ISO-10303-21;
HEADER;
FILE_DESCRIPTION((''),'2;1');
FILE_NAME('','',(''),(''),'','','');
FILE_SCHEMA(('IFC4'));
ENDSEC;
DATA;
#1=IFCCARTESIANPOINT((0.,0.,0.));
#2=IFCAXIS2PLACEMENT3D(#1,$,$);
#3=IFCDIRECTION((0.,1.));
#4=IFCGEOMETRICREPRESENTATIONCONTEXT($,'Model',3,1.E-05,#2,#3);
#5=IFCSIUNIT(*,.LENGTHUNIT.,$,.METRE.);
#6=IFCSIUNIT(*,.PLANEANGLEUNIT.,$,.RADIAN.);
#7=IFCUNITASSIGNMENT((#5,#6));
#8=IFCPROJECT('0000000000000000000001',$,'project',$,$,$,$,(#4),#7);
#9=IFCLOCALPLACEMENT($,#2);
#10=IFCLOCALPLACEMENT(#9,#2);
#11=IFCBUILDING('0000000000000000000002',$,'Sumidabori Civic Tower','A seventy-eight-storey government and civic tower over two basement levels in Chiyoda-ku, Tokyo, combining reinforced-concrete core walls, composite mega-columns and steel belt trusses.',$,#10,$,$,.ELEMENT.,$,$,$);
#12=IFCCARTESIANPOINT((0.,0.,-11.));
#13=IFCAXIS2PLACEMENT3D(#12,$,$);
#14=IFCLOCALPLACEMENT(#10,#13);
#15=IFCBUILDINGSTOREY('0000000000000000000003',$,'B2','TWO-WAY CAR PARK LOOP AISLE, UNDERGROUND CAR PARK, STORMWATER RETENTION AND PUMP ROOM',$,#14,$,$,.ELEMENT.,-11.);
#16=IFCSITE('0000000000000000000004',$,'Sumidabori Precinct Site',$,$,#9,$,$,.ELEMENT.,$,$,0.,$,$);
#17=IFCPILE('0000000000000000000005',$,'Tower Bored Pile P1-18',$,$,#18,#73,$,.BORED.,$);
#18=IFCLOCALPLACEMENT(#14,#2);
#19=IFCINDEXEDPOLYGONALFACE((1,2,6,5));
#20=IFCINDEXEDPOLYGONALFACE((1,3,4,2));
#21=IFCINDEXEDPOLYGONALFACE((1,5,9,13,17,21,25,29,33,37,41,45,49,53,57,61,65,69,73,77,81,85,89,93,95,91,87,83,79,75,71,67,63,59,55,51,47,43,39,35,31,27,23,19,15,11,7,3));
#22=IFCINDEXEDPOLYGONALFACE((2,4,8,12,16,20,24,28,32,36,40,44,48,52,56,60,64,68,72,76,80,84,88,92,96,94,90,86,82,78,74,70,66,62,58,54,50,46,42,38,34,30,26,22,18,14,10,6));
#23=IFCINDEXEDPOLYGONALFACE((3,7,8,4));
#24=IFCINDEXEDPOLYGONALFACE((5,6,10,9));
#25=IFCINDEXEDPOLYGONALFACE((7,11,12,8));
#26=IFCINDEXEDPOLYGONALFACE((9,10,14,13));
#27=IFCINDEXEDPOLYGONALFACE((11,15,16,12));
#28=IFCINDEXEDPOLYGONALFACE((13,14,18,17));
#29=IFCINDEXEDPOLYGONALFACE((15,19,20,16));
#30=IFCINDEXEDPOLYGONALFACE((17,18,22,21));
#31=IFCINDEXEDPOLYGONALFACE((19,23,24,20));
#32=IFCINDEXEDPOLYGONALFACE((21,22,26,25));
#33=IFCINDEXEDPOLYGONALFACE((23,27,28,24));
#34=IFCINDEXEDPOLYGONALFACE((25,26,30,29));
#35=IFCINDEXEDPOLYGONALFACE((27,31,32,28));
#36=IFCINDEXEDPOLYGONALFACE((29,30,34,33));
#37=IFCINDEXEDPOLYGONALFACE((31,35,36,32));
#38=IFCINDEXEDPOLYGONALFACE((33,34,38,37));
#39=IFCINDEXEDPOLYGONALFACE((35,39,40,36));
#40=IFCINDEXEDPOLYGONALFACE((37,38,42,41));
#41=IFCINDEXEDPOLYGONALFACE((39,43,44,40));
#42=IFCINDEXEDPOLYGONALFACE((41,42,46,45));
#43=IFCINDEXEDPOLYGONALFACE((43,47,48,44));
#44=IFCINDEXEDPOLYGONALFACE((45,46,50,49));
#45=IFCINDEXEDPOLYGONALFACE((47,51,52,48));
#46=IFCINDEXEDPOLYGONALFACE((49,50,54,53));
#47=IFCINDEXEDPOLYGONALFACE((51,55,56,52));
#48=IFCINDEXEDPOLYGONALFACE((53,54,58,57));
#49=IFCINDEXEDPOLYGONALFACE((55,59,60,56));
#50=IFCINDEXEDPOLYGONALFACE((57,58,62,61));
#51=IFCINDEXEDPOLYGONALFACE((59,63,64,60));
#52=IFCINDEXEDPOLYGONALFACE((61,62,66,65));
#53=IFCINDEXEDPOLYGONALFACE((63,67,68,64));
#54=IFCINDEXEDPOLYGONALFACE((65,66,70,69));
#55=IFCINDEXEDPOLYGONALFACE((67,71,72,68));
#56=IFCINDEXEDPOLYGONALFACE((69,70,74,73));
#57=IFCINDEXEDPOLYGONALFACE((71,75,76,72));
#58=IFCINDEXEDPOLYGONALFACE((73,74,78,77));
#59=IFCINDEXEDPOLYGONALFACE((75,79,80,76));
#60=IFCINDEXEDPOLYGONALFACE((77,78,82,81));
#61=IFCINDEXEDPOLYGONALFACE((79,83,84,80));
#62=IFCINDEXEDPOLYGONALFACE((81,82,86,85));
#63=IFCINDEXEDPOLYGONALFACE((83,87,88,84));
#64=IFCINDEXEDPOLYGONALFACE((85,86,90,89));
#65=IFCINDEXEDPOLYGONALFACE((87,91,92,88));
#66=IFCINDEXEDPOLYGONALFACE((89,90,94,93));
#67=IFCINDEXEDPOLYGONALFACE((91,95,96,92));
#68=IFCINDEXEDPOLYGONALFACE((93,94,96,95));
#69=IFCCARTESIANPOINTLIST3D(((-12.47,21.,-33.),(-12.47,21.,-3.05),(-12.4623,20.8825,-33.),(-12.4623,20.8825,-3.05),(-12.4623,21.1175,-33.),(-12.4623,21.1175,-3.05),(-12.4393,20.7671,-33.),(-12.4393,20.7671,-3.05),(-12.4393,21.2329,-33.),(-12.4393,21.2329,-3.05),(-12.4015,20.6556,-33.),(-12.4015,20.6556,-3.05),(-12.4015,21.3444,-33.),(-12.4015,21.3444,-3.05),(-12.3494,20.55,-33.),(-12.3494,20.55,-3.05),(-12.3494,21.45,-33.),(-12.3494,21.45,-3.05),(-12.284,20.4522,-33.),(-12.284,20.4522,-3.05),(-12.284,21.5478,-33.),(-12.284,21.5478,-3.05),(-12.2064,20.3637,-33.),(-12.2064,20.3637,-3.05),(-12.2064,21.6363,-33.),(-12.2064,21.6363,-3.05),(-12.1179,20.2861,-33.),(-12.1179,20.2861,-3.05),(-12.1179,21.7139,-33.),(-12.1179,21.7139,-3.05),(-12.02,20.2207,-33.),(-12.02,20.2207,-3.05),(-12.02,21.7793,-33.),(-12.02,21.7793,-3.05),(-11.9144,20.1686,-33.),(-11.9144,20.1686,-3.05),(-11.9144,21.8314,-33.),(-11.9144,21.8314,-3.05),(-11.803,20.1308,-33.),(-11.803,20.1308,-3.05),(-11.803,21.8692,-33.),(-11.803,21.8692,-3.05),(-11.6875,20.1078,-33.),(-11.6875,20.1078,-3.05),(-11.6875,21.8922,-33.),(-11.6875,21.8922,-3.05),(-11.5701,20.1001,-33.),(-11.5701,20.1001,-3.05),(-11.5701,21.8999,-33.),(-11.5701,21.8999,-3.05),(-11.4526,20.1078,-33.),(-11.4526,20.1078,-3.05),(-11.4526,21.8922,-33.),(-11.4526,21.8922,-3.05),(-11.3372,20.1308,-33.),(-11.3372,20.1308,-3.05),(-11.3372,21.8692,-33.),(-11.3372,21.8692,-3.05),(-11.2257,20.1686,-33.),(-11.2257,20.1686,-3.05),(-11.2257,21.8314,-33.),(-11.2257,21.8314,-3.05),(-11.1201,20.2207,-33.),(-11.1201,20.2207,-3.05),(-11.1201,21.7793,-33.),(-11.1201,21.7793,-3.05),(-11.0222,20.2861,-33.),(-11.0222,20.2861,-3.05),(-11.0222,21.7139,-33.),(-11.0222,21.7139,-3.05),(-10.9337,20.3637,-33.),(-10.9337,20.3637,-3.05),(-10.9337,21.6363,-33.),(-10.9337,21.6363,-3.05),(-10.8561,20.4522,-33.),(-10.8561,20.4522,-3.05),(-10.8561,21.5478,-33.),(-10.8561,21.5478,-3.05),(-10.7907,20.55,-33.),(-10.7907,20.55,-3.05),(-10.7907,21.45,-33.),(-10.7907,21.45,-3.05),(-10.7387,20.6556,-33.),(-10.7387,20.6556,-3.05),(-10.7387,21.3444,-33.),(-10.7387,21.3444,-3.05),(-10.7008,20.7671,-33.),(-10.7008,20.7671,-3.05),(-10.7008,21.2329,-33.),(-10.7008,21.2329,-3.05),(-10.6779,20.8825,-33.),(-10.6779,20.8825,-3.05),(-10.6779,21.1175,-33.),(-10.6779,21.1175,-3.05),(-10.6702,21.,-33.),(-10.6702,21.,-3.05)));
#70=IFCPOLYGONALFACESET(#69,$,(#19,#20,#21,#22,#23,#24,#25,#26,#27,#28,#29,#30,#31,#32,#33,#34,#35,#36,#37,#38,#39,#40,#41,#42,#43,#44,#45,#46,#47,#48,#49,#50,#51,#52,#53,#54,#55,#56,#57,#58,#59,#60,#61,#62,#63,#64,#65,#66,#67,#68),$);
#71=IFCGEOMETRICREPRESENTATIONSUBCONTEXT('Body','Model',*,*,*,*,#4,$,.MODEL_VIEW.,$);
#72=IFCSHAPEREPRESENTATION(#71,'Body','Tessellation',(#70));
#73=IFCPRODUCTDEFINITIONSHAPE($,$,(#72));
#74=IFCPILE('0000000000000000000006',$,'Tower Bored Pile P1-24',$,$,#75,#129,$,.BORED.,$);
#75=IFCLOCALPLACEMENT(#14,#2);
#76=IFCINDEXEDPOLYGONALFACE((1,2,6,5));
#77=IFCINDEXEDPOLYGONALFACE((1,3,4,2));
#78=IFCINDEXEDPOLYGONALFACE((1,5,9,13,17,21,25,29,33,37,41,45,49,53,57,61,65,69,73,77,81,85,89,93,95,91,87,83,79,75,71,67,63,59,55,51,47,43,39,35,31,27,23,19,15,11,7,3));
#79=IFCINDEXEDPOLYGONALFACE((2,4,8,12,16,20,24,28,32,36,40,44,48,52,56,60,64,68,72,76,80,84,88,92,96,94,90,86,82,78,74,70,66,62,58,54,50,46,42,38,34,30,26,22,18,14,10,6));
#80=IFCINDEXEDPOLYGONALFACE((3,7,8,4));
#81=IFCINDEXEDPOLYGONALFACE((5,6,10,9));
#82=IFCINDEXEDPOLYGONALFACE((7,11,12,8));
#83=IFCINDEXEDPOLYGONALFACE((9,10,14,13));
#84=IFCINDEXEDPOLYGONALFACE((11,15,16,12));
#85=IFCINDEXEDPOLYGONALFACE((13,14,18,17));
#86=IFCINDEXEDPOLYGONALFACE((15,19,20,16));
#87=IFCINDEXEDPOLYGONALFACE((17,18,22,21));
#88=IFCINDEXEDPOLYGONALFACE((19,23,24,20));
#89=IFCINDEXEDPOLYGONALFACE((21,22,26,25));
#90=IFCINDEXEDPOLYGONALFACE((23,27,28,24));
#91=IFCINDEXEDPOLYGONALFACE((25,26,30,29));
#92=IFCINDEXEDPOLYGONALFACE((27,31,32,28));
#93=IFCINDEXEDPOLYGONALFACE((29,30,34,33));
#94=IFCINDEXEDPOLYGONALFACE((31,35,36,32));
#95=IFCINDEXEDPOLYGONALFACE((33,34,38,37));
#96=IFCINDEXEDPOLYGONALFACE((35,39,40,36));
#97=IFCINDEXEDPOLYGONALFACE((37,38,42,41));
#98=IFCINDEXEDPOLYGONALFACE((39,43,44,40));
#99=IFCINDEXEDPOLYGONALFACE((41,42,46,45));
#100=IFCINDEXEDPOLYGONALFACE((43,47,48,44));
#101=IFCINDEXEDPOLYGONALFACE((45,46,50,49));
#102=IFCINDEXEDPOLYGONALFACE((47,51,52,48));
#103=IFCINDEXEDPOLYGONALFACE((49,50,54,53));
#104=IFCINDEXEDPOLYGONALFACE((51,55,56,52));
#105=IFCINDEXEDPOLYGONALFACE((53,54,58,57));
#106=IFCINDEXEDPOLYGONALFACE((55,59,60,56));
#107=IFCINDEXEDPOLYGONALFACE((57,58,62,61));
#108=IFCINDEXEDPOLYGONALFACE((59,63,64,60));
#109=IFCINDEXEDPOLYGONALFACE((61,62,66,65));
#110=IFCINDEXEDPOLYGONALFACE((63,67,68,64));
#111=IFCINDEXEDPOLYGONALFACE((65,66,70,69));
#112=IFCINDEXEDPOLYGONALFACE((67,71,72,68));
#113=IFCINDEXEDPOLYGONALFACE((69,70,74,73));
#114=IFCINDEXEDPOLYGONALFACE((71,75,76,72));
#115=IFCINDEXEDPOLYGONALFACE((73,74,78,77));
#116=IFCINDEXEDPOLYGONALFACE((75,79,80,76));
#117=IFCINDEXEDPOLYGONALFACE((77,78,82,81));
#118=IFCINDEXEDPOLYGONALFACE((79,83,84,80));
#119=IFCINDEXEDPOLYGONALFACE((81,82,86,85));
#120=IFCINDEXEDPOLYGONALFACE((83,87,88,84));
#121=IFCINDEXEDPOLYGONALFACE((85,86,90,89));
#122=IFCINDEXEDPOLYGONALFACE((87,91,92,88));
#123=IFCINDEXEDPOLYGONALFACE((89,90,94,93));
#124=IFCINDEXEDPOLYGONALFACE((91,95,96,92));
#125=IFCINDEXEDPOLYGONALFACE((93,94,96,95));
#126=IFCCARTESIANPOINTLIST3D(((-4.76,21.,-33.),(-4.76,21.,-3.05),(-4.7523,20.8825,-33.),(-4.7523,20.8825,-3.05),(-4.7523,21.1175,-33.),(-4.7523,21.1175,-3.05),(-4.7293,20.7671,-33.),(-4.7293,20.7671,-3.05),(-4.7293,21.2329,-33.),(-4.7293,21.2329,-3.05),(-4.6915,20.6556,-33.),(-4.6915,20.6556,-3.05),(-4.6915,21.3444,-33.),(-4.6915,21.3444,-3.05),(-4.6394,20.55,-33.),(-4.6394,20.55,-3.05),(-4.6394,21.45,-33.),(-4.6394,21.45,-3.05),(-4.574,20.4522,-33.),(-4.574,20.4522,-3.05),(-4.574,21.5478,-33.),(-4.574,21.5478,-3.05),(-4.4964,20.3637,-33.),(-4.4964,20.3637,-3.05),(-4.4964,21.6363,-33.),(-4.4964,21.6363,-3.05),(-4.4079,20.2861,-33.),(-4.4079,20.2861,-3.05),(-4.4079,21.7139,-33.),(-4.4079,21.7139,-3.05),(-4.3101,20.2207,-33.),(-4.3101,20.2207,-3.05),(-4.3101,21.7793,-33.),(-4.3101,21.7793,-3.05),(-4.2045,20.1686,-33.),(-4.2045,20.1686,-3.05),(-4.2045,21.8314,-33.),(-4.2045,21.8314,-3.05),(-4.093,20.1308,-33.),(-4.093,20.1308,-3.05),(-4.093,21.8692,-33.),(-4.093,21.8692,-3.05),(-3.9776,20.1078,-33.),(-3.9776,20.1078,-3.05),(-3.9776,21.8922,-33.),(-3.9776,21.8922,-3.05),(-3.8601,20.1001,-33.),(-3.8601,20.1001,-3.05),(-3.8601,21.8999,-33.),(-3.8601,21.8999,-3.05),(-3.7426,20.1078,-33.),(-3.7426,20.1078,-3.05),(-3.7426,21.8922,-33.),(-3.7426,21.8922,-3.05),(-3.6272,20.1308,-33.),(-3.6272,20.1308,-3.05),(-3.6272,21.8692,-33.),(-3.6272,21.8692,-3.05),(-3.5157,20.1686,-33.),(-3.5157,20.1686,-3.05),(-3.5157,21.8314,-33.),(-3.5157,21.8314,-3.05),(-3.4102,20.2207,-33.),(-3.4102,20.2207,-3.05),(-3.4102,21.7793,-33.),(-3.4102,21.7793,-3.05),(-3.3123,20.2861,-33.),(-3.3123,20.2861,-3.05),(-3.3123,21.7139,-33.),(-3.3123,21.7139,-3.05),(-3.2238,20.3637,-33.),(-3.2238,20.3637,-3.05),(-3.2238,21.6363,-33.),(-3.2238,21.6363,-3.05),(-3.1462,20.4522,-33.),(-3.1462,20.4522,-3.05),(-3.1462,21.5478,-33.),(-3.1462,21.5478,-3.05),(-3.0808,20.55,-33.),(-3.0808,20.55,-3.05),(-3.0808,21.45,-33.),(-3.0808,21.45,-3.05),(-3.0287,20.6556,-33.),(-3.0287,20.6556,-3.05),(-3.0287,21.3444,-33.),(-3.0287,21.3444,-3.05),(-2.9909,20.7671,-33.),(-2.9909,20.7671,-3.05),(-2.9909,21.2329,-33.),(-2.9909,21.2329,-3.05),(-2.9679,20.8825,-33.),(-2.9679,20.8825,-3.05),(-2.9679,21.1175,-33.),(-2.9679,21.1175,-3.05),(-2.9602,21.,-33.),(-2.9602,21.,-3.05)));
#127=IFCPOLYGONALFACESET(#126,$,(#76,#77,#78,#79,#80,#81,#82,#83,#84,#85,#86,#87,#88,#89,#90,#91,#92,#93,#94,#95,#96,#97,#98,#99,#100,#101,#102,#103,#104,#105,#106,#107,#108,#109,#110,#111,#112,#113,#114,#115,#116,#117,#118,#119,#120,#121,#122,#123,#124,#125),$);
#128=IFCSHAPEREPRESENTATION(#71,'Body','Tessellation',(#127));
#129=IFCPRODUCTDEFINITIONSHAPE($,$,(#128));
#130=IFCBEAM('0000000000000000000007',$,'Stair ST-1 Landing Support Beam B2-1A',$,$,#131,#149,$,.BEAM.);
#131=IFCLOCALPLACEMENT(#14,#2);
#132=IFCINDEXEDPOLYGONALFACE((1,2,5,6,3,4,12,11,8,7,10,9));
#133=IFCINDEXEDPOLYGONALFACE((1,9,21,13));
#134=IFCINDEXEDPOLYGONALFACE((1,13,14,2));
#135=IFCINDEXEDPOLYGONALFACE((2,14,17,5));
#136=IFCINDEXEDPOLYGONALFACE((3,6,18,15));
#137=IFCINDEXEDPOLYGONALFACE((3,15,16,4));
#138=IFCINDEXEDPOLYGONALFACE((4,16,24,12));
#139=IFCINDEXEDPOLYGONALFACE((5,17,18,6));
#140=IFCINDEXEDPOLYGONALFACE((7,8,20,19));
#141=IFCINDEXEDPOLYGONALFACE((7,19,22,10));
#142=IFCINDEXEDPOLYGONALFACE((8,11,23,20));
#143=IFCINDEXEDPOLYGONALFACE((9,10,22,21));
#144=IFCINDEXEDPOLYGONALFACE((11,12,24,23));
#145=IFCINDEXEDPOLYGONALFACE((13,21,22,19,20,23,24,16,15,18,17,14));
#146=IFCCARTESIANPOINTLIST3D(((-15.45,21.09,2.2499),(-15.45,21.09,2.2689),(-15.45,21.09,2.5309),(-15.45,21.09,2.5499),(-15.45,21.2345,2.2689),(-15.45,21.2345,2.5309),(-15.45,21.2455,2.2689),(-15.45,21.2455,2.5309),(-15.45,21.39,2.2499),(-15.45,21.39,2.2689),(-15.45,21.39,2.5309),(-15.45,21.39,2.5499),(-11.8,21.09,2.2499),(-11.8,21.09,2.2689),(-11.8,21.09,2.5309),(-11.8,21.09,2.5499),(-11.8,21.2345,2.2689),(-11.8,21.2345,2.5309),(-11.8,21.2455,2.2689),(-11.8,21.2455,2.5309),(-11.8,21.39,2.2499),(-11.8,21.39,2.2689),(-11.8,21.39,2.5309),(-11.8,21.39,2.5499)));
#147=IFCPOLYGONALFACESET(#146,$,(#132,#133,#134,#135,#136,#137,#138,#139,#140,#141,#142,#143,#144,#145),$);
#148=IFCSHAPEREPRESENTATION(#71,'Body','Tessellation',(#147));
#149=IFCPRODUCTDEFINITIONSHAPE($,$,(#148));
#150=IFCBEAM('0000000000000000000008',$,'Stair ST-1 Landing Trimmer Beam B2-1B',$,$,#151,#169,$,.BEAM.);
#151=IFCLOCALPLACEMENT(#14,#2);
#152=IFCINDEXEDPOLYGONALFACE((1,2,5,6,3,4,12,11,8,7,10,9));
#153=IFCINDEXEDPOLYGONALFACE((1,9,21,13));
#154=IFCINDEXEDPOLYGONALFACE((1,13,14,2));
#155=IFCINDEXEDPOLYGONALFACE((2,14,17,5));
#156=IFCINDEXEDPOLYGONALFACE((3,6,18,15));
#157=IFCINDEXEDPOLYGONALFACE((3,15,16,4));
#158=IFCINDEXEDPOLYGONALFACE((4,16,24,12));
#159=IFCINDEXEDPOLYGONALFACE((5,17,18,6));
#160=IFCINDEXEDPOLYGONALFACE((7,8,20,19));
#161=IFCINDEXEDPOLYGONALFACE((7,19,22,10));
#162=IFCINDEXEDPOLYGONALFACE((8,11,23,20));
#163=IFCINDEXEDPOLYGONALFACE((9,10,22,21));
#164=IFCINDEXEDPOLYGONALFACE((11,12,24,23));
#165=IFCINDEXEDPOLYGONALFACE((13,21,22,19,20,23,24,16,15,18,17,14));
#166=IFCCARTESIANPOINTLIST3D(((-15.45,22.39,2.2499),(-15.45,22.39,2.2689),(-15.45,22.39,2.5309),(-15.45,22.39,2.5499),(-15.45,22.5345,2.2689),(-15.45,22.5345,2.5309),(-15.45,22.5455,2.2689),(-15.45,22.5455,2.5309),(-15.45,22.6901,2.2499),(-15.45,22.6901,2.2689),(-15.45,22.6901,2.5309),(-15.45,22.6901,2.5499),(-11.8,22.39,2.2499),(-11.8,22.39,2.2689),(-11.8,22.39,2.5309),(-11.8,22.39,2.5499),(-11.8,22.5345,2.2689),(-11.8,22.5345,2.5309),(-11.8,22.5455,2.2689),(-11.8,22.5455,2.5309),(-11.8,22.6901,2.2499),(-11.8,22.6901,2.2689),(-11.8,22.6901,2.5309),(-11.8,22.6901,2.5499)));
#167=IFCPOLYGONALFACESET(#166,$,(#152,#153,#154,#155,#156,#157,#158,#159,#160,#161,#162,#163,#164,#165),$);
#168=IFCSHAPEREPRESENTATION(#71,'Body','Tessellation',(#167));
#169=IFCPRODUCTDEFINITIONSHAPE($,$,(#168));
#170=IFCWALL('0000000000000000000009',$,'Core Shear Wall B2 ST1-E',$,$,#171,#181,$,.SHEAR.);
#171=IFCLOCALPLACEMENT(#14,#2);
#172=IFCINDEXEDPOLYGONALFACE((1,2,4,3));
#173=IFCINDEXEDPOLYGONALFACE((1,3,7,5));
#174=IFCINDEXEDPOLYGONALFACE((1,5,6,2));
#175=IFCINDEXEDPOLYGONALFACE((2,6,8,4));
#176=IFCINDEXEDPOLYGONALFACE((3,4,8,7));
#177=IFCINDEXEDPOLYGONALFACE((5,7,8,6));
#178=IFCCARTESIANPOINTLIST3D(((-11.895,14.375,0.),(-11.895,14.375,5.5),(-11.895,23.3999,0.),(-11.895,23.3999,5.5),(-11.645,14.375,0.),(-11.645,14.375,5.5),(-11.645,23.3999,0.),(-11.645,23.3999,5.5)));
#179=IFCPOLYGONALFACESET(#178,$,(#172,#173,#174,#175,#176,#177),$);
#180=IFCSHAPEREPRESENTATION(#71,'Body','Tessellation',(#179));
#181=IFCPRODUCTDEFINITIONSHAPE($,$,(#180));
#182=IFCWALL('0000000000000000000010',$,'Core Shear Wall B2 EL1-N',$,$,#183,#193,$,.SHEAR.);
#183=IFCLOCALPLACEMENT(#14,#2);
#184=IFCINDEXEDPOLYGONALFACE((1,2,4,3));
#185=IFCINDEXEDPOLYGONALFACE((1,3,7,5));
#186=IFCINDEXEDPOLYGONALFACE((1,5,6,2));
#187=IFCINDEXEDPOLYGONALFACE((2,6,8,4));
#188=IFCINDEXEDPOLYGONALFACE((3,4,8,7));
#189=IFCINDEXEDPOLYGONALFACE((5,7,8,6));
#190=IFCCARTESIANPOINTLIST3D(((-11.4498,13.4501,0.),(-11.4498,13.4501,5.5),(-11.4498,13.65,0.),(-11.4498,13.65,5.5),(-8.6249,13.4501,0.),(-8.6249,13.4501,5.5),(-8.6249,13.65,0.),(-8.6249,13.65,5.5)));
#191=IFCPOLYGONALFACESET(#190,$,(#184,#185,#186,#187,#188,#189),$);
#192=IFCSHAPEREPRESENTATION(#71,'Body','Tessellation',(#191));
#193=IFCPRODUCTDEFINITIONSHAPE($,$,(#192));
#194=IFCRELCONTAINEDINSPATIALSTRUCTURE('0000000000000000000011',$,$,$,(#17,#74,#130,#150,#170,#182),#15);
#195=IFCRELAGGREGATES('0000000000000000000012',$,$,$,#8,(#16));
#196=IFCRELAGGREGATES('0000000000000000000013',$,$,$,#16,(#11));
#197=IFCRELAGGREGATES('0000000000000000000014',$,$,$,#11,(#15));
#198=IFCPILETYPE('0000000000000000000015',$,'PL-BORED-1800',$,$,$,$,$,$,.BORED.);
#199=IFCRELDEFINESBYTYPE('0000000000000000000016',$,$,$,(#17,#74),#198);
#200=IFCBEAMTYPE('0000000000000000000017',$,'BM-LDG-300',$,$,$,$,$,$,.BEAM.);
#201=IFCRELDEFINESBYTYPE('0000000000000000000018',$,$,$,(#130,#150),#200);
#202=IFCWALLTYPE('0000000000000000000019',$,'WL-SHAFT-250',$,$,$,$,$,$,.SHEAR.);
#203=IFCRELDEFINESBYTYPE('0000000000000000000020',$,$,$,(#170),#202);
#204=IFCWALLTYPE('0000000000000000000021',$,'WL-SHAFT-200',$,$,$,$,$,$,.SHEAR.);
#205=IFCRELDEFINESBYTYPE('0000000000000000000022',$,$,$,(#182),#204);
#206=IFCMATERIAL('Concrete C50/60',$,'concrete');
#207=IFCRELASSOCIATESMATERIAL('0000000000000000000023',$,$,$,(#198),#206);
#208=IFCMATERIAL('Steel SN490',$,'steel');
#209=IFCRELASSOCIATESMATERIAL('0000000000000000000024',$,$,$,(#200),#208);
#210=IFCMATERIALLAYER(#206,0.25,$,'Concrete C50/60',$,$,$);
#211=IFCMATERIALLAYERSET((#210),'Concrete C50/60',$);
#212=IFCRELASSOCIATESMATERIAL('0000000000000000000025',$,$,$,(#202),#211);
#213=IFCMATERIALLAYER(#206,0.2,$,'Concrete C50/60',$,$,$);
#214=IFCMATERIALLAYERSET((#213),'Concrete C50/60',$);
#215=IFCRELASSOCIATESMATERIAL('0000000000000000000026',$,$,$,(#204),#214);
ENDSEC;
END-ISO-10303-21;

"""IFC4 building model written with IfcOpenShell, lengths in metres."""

from ifc_helpers import new_model, si_unit, direction, frame, frame_2d, origin, origin_2d, place, context, subcontext, project, spatial, rectangle, circle, i_section, extrude, source, transform, mapped, material, layer, layer_set, material_profile, profile_set, type_object, element, save


model = new_model("IFC4")

# Units and contexts
model_context = context("Model", 3, precision=1e-05, world=origin(), true_north=direction((0.0, 1.0)))
body_context = subcontext(model_context, "Body", "Model", "MODEL_VIEW")
ifc_project = project(units=[si_unit("LENGTHUNIT", "METRE"), si_unit("PLANEANGLEUNIT", "RADIAN")], contexts=[model_context])

# Site, building, storey
site_placement = place(None, origin())
site = spatial("IfcSite", under=ifc_project, at=site_placement, Name="Sumidabori Precinct Site", CompositionType="ELEMENT", RefElevation=0.0)
building_placement = place(site_placement, origin())
building = spatial("IfcBuilding", under=site, at=building_placement, Name="Sumidabori Civic Tower", Description="A seventy-eight-storey government and civic tower over two basement levels in Chiyoda-ku, Tokyo, combining reinforced-concrete core walls, composite mega-columns and steel belt trusses.", CompositionType="ELEMENT")
storey_placement = place(building_placement, frame((0.0, 0.0, -11.0)))
storey = spatial("IfcBuildingStorey", under=building, at=storey_placement, Name="B2", Description="TWO-WAY CAR PARK LOOP AISLE, UNDERGROUND CAR PARK, STORMWATER RETENTION AND PUMP ROOM", CompositionType="ELEMENT", Elevation=-11.0)

# Piles
ifc_material_1 = material(Name="Concrete C50/60", Category="concrete")
ifc_material_profile_1 = material_profile(ifc_material_1, circle(Radius=0.8999, at=origin_2d()), Name="BORED PILE 1800")
ifc_profile_set_1 = profile_set([ifc_material_profile_1], Name="Concrete C50/60")
pile_type = type_object("IfcPileType", Name="PL-BORED-1800", PredefinedType="BORED", material=ifc_profile_set_1)
shared_shape_1 = source(origin(), body_context, "Body", "SweptSolid", [
    extrude(circle(Radius=0.8999, at=origin_2d()), origin(), (0.0, 0.0, 1.0), 29.95),
])
for number, where, z_axis, x_axis, name in (
    (1, (-11.5701, 21.0, -3.05), (0.0, 0.0, -1.0), (1.0, 0.0, 0.0), "Tower Bored Pile P1-18"),
    (2, (-3.8601, 21.0, -3.05), (0.0, 0.0, -1.0), (1.0, 0.0, 0.0), "Tower Bored Pile P1-24"),
):
    element("IfcPile", number, at=place(storey_placement, frame(where, z_axis=z_axis, x_axis=x_axis)), inside=storey, type_object=pile_type, Name=name, PredefinedType="BORED", context=body_context, shape_type="MappedRepresentation", body=[
        mapped(shared_shape_1, transform((0.0, 0.0, 0.0), x_axis=(1.0, 0.0, 0.0), y_axis=(0.0, 1.0, 0.0), z_axis=(0.0, 0.0, 1.0), scale=1.0)),
    ])

# Beams
ifc_material_2 = material(Name="Steel SN490", Category="steel")
ifc_material_profile_2 = material_profile(ifc_material_2, i_section(OverallWidth=0.3, OverallDepth=0.3, WebThickness=0.011, FlangeThickness=0.019, at=origin_2d()), Name="HE 300 B")
ifc_profile_set_2 = profile_set([ifc_material_profile_2], Name="Steel SN490")
beam_type = type_object("IfcBeamType", Name="BM-LDG-300", PredefinedType="BEAM", material=ifc_profile_set_2)
shared_shape_2 = source(origin(), body_context, "Body", "SweptSolid", [
    extrude(i_section(OverallWidth=0.3, OverallDepth=0.3, WebThickness=0.011, FlangeThickness=0.019, at=origin_2d()), origin(), (0.0, 0.0, 1.0), 3.6499),
])
for number, where, z_axis, x_axis, name in (
    (3, (-15.45, 21.24, 2.3999), (1.0, 0.0, 0.0), (0.0, 1.0, 0.0), "Stair ST-1 Landing Support Beam B2-1A"),
    (4, (-15.45, 22.54, 2.3999), (1.0, 0.0, 0.0), (0.0, 1.0, 0.0), "Stair ST-1 Landing Trimmer Beam B2-1B"),
):
    element("IfcBeam", number, at=place(storey_placement, frame(where, z_axis=z_axis, x_axis=x_axis)), inside=storey, type_object=beam_type, Name=name, PredefinedType="BEAM", context=body_context, shape_type="MappedRepresentation", body=[
        mapped(shared_shape_2, transform((0.0, 0.0, 0.0), x_axis=(1.0, 0.0, 0.0), y_axis=(0.0, 1.0, 0.0), z_axis=(0.0, 0.0, 1.0), scale=1.0)),
    ])

# Shared definitions
ifc_layer_1 = layer(ifc_material_1, 0.25, Name="Concrete C50/60")
ifc_layer_set_1 = layer_set([ifc_layer_1], Name="Concrete C50/60")
wall_type_1 = type_object("IfcWallType", Name="WL-SHAFT-250", PredefinedType="SHEAR", material=ifc_layer_set_1)

# Walls
shared_shape_3 = source(origin(), body_context, "Body", "SweptSolid", [
    extrude(rectangle(XDim=9.0249, YDim=0.25, at=frame_2d((4.5125, 0.0))), origin(), (0.0, 0.0, 1.0), 5.5),
])
wall_1_placement = place(storey_placement, frame((-11.77, 14.375, 0.0), z_axis=(0.0, 0.0, 1.0), x_axis=(0.0, 1.0, 0.0)))
element("IfcWall", 5, at=wall_1_placement, inside=storey, type_object=wall_type_1, Name="Core Shear Wall B2 ST1-E", PredefinedType="SHEAR", context=body_context, shape_type="MappedRepresentation", body=[
    mapped(shared_shape_3, transform((0.0, 0.0, 0.0), x_axis=(1.0, 0.0, 0.0), y_axis=(0.0, 1.0, 0.0), z_axis=(0.0, 0.0, 1.0), scale=1.0)),
])
ifc_layer_2 = layer(ifc_material_1, 0.2, Name="Concrete C50/60")
ifc_layer_set_2 = layer_set([ifc_layer_2], Name="Concrete C50/60")
wall_type_2 = type_object("IfcWallType", Name="WL-SHAFT-200", PredefinedType="SHEAR", material=ifc_layer_set_2)
shared_shape_4 = source(origin(), body_context, "Body", "SweptSolid", [
    extrude(rectangle(XDim=2.825, YDim=0.2, at=frame_2d((1.4126, 0.0))), origin(), (0.0, 0.0, 1.0), 5.5),
])
wall_2_placement = place(storey_placement, frame((-11.45, 13.55, 0.0), z_axis=(0.0, 0.0, 1.0), x_axis=(1.0, 0.0, 0.0)))
element("IfcWall", 6, at=wall_2_placement, inside=storey, type_object=wall_type_2, Name="Core Shear Wall B2 EL1-N", PredefinedType="SHEAR", context=body_context, shape_type="MappedRepresentation", body=[
    mapped(shared_shape_4, transform((0.0, 0.0, 0.0), x_axis=(1.0, 0.0, 0.0), y_axis=(0.0, 1.0, 0.0), z_axis=(0.0, 0.0, 1.0), scale=1.0)),
])

save(model, "model.ifc")
